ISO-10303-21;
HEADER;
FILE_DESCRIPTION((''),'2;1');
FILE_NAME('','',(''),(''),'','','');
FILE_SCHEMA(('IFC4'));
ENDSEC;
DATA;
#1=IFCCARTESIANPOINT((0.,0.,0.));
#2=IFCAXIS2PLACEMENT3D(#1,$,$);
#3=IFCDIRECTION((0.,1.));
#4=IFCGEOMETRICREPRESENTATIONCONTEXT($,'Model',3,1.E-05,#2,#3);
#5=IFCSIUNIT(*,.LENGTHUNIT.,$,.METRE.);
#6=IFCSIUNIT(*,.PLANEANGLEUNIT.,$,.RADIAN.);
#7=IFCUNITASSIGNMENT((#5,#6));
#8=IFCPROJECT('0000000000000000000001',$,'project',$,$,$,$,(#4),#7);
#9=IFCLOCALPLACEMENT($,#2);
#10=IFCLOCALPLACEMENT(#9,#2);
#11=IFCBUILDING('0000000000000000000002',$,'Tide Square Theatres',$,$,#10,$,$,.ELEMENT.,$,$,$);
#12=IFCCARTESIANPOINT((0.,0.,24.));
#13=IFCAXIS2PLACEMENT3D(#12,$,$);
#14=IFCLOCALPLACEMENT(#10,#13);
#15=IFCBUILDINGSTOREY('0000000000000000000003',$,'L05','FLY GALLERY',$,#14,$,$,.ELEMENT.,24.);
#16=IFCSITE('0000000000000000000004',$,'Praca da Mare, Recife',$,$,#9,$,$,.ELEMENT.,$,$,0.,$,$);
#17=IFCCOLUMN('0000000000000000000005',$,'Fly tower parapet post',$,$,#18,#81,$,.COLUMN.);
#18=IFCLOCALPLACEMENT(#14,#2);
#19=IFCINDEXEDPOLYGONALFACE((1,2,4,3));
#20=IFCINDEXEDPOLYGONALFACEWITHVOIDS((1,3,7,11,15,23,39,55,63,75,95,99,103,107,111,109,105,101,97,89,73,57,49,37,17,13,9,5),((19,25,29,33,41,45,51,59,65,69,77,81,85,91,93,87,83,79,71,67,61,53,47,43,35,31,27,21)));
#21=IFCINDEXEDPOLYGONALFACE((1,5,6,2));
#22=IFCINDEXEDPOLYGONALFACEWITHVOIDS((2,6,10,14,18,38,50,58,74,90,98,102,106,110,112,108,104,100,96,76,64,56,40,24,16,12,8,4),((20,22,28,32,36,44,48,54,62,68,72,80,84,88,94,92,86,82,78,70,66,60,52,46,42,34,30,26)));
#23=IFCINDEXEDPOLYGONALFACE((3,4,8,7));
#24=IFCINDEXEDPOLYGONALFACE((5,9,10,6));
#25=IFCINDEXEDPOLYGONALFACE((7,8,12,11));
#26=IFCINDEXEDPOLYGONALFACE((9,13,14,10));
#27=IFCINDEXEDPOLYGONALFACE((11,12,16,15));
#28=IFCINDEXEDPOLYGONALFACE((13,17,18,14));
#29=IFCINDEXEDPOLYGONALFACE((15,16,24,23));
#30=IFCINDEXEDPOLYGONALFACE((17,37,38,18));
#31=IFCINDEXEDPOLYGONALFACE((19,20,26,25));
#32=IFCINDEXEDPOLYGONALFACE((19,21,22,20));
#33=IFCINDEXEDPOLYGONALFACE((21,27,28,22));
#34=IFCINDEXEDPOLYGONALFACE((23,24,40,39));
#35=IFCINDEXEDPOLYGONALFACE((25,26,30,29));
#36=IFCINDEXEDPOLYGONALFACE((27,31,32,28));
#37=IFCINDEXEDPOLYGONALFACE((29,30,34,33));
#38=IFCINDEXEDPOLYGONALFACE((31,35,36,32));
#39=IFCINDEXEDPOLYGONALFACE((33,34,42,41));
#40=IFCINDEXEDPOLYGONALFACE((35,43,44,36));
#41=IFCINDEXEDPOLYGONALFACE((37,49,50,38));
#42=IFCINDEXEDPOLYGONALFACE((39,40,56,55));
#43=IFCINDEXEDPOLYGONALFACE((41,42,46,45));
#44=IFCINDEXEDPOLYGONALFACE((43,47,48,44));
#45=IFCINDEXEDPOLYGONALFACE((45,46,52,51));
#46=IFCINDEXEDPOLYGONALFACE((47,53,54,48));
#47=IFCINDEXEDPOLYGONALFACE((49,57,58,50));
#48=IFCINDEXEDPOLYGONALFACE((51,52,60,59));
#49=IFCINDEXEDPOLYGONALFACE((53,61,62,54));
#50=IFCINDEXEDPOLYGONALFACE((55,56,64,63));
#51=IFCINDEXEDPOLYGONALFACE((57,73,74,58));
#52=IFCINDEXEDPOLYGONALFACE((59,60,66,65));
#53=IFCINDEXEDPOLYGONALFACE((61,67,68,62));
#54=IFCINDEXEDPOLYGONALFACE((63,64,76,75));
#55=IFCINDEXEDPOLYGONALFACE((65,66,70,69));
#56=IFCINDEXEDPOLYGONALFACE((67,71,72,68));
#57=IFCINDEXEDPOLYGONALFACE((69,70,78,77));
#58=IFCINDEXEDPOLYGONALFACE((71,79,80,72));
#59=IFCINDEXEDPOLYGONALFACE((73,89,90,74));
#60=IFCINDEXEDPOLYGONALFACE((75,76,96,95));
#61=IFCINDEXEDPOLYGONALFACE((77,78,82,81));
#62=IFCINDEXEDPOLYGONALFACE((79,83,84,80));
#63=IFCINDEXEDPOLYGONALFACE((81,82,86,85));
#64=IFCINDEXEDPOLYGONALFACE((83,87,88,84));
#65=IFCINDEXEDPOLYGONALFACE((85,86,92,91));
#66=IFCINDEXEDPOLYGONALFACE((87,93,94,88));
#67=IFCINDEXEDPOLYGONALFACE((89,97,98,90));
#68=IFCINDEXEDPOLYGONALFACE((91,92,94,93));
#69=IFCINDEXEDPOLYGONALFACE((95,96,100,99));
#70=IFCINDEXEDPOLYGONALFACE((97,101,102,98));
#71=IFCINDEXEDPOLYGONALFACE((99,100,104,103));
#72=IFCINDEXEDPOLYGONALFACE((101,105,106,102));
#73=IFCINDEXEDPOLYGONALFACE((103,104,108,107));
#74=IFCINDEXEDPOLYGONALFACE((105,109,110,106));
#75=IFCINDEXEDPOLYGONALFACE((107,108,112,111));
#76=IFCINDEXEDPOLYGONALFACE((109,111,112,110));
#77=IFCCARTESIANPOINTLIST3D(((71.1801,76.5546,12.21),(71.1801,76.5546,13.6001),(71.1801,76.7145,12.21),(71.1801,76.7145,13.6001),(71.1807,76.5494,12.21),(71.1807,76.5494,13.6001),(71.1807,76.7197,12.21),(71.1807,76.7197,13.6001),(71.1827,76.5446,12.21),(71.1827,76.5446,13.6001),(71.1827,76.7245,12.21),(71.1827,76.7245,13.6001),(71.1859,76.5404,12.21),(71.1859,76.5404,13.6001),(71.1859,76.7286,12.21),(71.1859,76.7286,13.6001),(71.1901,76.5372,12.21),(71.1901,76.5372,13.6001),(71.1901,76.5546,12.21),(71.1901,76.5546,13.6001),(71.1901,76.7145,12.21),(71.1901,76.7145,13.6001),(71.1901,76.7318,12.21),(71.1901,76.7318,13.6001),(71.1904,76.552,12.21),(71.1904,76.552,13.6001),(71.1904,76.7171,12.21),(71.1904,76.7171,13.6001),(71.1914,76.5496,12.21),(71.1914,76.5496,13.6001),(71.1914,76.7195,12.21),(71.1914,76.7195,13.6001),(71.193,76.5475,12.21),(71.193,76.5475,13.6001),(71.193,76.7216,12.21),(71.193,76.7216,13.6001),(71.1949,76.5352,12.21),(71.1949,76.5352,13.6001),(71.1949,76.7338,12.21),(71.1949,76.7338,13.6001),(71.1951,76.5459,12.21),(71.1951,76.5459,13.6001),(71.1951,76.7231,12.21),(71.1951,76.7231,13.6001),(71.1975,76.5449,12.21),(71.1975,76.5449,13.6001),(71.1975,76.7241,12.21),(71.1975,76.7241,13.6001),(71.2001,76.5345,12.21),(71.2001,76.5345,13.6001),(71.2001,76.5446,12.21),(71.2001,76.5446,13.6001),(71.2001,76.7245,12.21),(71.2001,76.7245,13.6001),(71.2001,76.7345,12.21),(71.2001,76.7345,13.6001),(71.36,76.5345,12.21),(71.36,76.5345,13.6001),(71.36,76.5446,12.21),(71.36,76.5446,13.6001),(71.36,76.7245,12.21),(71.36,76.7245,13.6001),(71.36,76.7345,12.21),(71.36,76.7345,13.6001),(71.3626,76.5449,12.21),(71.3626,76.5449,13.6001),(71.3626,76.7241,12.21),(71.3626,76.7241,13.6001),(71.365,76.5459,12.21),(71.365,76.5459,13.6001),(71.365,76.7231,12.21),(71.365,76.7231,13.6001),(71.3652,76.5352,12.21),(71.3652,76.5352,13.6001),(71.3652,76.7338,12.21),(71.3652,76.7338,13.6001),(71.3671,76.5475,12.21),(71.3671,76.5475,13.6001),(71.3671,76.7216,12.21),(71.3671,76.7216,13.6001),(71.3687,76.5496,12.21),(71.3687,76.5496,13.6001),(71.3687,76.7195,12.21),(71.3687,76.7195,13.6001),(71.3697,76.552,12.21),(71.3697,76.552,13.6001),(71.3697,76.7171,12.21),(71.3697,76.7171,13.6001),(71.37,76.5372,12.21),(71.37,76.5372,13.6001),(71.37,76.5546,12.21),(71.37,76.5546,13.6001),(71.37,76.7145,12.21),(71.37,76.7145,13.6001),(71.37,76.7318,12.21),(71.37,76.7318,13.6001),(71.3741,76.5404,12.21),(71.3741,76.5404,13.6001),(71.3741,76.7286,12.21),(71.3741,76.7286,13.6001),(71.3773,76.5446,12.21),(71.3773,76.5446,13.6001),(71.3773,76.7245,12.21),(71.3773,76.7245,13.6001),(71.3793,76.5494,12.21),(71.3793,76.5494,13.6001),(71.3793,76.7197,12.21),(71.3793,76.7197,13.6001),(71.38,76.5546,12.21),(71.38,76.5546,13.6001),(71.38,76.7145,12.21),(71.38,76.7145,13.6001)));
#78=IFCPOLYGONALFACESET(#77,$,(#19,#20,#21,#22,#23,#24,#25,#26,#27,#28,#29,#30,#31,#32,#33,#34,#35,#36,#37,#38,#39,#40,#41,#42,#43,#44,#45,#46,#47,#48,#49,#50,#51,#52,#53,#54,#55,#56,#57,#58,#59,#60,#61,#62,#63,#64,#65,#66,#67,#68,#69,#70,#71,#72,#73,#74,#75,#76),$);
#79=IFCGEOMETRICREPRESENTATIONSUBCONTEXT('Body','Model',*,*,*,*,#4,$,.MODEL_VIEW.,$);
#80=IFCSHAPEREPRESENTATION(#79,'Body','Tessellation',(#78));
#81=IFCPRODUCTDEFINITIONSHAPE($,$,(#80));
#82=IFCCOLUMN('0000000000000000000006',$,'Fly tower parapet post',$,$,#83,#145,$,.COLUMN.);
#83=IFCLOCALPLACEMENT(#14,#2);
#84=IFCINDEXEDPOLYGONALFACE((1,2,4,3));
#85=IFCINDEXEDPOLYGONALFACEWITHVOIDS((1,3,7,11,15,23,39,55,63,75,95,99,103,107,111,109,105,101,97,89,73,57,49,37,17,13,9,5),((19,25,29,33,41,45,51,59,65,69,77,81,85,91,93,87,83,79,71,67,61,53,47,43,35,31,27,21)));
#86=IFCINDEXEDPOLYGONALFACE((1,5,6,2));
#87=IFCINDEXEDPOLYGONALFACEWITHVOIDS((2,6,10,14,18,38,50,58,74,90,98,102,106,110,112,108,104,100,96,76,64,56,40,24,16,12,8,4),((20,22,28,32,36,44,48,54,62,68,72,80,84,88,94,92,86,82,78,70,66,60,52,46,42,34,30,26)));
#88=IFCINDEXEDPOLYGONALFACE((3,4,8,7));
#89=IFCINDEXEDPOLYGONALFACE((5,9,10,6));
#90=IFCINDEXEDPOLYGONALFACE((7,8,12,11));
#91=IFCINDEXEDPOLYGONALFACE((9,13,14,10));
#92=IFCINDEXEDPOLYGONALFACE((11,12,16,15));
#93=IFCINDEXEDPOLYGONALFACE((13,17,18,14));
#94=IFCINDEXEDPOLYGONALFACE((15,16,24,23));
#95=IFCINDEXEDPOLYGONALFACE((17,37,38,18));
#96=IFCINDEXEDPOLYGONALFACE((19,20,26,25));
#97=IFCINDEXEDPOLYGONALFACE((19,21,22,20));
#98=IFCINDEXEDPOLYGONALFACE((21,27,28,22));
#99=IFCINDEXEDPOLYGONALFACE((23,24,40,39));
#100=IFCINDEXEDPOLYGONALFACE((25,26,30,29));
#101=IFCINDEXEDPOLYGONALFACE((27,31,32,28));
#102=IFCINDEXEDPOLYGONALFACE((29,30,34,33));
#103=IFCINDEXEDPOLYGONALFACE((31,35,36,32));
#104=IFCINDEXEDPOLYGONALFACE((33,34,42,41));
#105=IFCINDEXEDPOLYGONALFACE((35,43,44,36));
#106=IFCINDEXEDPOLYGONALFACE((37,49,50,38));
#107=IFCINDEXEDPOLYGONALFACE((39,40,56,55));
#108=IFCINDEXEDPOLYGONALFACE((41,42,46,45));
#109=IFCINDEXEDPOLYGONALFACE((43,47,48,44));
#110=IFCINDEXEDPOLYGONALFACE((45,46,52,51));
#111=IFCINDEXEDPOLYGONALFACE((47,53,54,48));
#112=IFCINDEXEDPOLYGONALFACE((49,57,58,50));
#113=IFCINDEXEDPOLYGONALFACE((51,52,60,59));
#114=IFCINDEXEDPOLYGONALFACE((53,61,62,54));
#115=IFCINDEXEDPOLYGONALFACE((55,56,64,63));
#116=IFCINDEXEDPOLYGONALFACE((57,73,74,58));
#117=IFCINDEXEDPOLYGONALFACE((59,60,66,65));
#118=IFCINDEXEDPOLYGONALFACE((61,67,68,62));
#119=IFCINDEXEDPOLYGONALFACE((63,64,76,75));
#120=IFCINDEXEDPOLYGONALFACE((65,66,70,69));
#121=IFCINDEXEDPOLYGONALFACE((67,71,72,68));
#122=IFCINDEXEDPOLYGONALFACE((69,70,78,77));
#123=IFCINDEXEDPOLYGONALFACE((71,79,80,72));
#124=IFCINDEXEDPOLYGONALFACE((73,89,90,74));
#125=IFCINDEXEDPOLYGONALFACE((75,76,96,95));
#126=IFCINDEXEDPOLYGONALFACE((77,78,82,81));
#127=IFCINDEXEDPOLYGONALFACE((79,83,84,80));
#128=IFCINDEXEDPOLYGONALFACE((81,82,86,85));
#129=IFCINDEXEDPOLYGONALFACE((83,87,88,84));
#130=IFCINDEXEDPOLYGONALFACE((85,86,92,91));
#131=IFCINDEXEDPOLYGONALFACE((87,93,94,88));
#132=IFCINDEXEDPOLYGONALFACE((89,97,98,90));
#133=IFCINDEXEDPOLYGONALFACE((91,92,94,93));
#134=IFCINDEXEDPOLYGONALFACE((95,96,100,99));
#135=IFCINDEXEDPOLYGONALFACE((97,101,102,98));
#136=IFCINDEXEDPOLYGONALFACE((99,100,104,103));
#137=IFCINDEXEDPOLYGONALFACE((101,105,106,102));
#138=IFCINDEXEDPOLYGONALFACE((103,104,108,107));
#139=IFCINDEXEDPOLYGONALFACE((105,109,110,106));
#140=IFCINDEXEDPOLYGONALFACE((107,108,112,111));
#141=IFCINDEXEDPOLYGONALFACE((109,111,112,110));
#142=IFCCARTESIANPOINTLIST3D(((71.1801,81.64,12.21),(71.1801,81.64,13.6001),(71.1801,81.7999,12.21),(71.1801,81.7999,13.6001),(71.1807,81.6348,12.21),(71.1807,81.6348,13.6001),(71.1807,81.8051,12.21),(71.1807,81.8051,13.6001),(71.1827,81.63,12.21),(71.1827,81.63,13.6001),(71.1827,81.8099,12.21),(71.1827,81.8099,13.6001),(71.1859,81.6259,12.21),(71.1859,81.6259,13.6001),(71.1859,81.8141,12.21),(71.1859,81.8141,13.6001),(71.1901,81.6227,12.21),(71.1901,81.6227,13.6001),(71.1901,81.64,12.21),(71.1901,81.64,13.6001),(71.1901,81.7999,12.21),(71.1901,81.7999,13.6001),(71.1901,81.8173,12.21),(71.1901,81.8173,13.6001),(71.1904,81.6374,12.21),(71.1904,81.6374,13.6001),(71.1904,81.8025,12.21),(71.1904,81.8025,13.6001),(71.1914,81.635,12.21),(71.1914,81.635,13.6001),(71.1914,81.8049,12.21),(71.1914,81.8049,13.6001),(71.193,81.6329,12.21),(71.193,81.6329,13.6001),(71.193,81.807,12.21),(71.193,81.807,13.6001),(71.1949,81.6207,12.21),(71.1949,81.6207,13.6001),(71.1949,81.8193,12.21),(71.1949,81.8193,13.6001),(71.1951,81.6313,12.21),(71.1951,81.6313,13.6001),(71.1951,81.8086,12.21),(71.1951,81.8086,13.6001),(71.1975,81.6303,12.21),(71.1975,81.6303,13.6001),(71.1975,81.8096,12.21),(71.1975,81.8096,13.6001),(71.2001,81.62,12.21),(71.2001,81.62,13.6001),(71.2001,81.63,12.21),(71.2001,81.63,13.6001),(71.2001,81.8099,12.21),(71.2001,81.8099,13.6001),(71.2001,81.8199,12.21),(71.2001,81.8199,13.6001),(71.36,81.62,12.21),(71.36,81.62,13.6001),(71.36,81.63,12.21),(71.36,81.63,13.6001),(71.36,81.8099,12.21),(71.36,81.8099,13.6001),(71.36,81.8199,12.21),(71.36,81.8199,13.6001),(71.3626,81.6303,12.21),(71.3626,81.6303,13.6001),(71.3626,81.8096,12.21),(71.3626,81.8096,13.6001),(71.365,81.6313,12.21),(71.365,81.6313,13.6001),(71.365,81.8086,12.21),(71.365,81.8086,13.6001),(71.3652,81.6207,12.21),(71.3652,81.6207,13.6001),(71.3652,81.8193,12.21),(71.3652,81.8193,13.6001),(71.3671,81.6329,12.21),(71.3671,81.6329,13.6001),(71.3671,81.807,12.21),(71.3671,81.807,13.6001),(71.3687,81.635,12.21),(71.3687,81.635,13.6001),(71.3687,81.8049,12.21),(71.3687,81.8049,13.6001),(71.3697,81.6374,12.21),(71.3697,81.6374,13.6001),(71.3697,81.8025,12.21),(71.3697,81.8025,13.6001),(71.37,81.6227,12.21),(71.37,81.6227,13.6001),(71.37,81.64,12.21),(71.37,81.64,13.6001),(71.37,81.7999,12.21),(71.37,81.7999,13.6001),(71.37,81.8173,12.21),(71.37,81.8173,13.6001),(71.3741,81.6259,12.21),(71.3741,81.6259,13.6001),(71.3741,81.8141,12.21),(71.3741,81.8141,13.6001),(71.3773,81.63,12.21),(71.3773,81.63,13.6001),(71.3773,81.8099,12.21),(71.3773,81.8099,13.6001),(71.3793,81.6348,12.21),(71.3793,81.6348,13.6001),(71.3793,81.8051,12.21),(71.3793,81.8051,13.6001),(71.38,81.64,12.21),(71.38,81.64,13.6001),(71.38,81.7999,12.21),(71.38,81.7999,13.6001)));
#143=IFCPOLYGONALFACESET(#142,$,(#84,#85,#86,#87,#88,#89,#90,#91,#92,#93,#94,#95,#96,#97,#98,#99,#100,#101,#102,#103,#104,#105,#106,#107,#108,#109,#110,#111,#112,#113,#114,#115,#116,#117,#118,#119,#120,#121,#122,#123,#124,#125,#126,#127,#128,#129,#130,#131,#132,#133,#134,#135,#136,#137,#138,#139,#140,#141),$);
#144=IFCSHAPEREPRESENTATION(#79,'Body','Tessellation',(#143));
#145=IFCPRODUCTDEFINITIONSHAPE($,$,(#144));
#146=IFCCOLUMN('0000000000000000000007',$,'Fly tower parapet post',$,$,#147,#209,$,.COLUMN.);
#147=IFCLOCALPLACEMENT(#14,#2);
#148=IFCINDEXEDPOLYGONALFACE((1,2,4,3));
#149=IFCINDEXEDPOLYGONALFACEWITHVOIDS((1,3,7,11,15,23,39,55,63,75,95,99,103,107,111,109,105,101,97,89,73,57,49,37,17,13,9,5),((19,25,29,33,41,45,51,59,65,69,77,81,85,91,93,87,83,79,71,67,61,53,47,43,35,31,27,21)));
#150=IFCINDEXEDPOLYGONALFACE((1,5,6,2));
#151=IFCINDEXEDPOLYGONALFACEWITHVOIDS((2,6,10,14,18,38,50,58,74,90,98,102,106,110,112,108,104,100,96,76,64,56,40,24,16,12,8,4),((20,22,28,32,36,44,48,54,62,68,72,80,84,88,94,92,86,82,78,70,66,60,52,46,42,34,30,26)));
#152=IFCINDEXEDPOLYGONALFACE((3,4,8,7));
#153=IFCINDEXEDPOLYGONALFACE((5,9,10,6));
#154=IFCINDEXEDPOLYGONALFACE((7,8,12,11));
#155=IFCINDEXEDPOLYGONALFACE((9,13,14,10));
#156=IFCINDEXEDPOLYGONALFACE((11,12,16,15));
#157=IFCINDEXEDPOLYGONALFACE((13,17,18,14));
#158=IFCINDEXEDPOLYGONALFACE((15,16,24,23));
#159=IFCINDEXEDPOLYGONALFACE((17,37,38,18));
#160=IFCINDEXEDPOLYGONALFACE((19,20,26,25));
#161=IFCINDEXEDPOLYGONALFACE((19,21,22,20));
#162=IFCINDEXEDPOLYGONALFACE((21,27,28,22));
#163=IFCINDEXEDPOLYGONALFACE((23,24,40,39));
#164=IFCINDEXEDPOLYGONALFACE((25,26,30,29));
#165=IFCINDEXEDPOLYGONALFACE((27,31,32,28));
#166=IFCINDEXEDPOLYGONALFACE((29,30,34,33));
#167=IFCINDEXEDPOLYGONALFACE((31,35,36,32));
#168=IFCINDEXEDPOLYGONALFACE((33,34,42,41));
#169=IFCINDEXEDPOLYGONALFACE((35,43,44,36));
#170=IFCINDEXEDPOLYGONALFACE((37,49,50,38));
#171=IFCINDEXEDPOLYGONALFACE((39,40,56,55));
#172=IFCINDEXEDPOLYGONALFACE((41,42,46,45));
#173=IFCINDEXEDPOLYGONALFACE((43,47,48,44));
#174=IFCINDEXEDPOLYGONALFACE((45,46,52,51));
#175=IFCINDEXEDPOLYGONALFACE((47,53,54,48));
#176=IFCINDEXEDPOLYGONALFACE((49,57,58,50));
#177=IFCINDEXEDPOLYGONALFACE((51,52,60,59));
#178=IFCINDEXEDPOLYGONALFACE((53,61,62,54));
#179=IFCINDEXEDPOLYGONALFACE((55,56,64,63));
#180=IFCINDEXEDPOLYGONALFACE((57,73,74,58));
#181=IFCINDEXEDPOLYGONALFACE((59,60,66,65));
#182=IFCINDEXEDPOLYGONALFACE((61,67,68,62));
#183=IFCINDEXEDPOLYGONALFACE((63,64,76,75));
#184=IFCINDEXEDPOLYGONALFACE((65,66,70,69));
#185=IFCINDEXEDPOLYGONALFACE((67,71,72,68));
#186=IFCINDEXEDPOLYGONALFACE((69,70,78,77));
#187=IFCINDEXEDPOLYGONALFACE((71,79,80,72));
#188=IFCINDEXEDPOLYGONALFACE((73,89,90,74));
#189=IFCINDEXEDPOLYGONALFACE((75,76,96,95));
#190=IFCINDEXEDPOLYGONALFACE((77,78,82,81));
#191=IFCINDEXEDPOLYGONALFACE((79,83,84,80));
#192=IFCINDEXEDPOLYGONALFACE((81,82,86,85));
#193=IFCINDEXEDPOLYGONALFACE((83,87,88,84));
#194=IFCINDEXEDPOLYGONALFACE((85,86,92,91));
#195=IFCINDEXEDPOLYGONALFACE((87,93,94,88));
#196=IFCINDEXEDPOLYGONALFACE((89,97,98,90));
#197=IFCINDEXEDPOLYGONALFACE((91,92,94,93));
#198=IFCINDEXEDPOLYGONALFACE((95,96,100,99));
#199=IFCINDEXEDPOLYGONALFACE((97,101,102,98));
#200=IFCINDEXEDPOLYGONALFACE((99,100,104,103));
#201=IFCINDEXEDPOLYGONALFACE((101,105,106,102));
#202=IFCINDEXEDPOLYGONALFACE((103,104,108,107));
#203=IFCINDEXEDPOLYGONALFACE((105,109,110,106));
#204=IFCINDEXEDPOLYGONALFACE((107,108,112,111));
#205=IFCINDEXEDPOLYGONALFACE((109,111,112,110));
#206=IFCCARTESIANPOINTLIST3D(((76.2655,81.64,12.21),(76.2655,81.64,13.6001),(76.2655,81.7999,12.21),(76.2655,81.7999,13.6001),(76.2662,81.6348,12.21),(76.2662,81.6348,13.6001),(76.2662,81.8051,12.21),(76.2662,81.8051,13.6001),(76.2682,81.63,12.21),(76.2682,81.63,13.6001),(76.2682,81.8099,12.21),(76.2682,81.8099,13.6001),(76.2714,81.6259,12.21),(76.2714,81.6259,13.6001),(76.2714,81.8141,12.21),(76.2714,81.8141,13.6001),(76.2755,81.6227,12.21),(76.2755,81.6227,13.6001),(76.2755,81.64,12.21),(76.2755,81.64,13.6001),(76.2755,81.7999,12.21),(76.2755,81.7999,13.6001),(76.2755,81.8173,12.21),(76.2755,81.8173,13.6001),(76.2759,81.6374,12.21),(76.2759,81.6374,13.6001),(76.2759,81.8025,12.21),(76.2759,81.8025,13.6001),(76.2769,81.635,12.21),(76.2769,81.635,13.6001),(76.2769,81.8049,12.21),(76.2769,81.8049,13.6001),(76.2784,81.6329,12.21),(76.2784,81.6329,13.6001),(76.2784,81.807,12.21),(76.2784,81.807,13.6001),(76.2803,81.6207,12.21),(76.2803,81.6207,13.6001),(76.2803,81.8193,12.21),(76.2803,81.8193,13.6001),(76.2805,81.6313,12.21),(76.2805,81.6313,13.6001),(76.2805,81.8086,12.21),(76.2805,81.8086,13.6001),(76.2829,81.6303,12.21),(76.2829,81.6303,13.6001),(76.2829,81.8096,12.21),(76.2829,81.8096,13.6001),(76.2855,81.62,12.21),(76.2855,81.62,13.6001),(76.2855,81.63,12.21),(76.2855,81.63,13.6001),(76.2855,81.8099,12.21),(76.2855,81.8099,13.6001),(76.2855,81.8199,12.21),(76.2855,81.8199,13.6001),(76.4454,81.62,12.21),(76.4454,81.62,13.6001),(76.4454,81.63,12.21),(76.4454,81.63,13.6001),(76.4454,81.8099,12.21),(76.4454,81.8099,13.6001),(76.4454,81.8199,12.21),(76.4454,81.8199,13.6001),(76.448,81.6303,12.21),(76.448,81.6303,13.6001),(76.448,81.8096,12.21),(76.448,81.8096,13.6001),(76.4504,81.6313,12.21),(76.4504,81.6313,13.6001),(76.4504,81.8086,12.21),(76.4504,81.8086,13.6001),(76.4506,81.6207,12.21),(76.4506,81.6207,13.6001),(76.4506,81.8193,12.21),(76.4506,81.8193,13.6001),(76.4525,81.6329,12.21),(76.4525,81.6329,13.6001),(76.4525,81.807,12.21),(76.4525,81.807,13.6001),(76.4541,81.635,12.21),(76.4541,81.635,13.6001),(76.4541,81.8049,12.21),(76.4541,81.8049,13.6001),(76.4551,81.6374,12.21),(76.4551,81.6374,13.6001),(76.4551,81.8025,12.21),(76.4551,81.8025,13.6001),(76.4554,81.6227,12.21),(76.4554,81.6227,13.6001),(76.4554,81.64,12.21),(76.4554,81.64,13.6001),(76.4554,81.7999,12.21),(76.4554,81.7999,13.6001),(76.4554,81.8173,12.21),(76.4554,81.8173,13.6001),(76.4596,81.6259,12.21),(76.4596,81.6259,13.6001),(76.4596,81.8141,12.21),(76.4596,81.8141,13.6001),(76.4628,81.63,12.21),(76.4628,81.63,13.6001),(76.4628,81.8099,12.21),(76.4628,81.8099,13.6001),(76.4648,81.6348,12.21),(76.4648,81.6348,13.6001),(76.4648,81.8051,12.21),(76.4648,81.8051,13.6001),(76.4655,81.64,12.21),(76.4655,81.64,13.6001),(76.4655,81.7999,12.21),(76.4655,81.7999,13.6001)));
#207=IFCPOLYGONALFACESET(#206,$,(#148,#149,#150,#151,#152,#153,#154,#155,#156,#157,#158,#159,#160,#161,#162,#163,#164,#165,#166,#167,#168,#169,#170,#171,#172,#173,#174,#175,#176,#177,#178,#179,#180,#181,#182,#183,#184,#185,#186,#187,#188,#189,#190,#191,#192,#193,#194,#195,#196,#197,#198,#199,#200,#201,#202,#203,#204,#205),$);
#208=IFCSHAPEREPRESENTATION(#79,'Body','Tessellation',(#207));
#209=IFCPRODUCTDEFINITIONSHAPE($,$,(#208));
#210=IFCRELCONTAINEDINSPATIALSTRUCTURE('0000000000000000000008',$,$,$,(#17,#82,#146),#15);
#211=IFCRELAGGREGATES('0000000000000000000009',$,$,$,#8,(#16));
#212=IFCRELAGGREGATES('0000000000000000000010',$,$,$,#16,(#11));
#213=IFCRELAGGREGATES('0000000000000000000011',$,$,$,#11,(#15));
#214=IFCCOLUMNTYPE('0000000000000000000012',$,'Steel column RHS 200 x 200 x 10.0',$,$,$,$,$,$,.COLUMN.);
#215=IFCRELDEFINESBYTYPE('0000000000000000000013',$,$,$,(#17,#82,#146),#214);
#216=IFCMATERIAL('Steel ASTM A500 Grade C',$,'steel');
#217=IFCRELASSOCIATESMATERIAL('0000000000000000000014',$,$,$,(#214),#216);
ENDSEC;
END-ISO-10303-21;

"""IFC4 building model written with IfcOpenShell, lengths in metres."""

from ifc_helpers import new_model, si_unit, direction, frame, origin, origin_2d, place, context, subcontext, project, spatial, hollow_rectangle, extrude, material, material_profile, profile_set, type_object, element, save


model = new_model("IFC4")

# Units and contexts
model_context = context("Model", 3, precision=1e-05, world=origin(), true_north=direction((0.0, 1.0)))
body_context = subcontext(model_context, "Body", "Model", "MODEL_VIEW")
ifc_project = project(units=[si_unit("LENGTHUNIT", "METRE"), si_unit("PLANEANGLEUNIT", "RADIAN")], contexts=[model_context])

# Site, building, storey
site_placement = place(None, origin())
site = spatial("IfcSite", under=ifc_project, at=site_placement, Name="Praca da Mare, Recife", CompositionType="ELEMENT", RefElevation=0.0)
building_placement = place(site_placement, origin())
building = spatial("IfcBuilding", under=site, at=building_placement, Name="Tide Square Theatres", CompositionType="ELEMENT")
storey_placement = place(building_placement, frame((0.0, 0.0, 24.0)))
storey = spatial("IfcBuildingStorey", under=building, at=storey_placement, Name="L05", Description="FLY GALLERY", CompositionType="ELEMENT", Elevation=24.0)

# Columns
ifc_material_1 = material(Name="Steel ASTM A500 Grade C", Category="steel")
ifc_material_profile_1 = material_profile(ifc_material_1, hollow_rectangle(XDim=0.2, YDim=0.2, WallThickness=0.01, InnerFilletRadius=0.01, OuterFilletRadius=0.02, at=origin_2d()))
ifc_profile_set_1 = profile_set([ifc_material_profile_1], Name="Steel ASTM A500 Grade C")
column_type = type_object("IfcColumnType", Name="Steel column RHS 200 x 200 x 10.0", PredefinedType="COLUMN", material=ifc_profile_set_1)
for number, where, z_axis, x_axis, name in (
    (1, (71.28, 76.6345, 12.21), (0.0, 0.0, 1.0), (1.0, 0.0, 0.0), "Fly tower parapet post"),
    (2, (71.28, 81.72, 12.21), (0.0, 0.0, 1.0), (1.0, 0.0, 0.0), "Fly tower parapet post"),
    (3, (76.3655, 81.72, 12.21), (0.0, 0.0, 1.0), (1.0, 0.0, 0.0), "Fly tower parapet post"),
):
    element("IfcColumn", number, at=place(storey_placement, frame(where, z_axis=z_axis, x_axis=x_axis)), inside=storey, type_object=column_type, Name=name, PredefinedType="COLUMN", context=body_context, shape_type="SweptSolid", body=[
        extrude(hollow_rectangle(XDim=0.2, YDim=0.2, WallThickness=0.01, InnerFilletRadius=0.01, OuterFilletRadius=0.02, at=origin_2d()), origin(), (0.0, 0.0, 1.0), 1.3901),
    ])

save(model, "model.ifc")
